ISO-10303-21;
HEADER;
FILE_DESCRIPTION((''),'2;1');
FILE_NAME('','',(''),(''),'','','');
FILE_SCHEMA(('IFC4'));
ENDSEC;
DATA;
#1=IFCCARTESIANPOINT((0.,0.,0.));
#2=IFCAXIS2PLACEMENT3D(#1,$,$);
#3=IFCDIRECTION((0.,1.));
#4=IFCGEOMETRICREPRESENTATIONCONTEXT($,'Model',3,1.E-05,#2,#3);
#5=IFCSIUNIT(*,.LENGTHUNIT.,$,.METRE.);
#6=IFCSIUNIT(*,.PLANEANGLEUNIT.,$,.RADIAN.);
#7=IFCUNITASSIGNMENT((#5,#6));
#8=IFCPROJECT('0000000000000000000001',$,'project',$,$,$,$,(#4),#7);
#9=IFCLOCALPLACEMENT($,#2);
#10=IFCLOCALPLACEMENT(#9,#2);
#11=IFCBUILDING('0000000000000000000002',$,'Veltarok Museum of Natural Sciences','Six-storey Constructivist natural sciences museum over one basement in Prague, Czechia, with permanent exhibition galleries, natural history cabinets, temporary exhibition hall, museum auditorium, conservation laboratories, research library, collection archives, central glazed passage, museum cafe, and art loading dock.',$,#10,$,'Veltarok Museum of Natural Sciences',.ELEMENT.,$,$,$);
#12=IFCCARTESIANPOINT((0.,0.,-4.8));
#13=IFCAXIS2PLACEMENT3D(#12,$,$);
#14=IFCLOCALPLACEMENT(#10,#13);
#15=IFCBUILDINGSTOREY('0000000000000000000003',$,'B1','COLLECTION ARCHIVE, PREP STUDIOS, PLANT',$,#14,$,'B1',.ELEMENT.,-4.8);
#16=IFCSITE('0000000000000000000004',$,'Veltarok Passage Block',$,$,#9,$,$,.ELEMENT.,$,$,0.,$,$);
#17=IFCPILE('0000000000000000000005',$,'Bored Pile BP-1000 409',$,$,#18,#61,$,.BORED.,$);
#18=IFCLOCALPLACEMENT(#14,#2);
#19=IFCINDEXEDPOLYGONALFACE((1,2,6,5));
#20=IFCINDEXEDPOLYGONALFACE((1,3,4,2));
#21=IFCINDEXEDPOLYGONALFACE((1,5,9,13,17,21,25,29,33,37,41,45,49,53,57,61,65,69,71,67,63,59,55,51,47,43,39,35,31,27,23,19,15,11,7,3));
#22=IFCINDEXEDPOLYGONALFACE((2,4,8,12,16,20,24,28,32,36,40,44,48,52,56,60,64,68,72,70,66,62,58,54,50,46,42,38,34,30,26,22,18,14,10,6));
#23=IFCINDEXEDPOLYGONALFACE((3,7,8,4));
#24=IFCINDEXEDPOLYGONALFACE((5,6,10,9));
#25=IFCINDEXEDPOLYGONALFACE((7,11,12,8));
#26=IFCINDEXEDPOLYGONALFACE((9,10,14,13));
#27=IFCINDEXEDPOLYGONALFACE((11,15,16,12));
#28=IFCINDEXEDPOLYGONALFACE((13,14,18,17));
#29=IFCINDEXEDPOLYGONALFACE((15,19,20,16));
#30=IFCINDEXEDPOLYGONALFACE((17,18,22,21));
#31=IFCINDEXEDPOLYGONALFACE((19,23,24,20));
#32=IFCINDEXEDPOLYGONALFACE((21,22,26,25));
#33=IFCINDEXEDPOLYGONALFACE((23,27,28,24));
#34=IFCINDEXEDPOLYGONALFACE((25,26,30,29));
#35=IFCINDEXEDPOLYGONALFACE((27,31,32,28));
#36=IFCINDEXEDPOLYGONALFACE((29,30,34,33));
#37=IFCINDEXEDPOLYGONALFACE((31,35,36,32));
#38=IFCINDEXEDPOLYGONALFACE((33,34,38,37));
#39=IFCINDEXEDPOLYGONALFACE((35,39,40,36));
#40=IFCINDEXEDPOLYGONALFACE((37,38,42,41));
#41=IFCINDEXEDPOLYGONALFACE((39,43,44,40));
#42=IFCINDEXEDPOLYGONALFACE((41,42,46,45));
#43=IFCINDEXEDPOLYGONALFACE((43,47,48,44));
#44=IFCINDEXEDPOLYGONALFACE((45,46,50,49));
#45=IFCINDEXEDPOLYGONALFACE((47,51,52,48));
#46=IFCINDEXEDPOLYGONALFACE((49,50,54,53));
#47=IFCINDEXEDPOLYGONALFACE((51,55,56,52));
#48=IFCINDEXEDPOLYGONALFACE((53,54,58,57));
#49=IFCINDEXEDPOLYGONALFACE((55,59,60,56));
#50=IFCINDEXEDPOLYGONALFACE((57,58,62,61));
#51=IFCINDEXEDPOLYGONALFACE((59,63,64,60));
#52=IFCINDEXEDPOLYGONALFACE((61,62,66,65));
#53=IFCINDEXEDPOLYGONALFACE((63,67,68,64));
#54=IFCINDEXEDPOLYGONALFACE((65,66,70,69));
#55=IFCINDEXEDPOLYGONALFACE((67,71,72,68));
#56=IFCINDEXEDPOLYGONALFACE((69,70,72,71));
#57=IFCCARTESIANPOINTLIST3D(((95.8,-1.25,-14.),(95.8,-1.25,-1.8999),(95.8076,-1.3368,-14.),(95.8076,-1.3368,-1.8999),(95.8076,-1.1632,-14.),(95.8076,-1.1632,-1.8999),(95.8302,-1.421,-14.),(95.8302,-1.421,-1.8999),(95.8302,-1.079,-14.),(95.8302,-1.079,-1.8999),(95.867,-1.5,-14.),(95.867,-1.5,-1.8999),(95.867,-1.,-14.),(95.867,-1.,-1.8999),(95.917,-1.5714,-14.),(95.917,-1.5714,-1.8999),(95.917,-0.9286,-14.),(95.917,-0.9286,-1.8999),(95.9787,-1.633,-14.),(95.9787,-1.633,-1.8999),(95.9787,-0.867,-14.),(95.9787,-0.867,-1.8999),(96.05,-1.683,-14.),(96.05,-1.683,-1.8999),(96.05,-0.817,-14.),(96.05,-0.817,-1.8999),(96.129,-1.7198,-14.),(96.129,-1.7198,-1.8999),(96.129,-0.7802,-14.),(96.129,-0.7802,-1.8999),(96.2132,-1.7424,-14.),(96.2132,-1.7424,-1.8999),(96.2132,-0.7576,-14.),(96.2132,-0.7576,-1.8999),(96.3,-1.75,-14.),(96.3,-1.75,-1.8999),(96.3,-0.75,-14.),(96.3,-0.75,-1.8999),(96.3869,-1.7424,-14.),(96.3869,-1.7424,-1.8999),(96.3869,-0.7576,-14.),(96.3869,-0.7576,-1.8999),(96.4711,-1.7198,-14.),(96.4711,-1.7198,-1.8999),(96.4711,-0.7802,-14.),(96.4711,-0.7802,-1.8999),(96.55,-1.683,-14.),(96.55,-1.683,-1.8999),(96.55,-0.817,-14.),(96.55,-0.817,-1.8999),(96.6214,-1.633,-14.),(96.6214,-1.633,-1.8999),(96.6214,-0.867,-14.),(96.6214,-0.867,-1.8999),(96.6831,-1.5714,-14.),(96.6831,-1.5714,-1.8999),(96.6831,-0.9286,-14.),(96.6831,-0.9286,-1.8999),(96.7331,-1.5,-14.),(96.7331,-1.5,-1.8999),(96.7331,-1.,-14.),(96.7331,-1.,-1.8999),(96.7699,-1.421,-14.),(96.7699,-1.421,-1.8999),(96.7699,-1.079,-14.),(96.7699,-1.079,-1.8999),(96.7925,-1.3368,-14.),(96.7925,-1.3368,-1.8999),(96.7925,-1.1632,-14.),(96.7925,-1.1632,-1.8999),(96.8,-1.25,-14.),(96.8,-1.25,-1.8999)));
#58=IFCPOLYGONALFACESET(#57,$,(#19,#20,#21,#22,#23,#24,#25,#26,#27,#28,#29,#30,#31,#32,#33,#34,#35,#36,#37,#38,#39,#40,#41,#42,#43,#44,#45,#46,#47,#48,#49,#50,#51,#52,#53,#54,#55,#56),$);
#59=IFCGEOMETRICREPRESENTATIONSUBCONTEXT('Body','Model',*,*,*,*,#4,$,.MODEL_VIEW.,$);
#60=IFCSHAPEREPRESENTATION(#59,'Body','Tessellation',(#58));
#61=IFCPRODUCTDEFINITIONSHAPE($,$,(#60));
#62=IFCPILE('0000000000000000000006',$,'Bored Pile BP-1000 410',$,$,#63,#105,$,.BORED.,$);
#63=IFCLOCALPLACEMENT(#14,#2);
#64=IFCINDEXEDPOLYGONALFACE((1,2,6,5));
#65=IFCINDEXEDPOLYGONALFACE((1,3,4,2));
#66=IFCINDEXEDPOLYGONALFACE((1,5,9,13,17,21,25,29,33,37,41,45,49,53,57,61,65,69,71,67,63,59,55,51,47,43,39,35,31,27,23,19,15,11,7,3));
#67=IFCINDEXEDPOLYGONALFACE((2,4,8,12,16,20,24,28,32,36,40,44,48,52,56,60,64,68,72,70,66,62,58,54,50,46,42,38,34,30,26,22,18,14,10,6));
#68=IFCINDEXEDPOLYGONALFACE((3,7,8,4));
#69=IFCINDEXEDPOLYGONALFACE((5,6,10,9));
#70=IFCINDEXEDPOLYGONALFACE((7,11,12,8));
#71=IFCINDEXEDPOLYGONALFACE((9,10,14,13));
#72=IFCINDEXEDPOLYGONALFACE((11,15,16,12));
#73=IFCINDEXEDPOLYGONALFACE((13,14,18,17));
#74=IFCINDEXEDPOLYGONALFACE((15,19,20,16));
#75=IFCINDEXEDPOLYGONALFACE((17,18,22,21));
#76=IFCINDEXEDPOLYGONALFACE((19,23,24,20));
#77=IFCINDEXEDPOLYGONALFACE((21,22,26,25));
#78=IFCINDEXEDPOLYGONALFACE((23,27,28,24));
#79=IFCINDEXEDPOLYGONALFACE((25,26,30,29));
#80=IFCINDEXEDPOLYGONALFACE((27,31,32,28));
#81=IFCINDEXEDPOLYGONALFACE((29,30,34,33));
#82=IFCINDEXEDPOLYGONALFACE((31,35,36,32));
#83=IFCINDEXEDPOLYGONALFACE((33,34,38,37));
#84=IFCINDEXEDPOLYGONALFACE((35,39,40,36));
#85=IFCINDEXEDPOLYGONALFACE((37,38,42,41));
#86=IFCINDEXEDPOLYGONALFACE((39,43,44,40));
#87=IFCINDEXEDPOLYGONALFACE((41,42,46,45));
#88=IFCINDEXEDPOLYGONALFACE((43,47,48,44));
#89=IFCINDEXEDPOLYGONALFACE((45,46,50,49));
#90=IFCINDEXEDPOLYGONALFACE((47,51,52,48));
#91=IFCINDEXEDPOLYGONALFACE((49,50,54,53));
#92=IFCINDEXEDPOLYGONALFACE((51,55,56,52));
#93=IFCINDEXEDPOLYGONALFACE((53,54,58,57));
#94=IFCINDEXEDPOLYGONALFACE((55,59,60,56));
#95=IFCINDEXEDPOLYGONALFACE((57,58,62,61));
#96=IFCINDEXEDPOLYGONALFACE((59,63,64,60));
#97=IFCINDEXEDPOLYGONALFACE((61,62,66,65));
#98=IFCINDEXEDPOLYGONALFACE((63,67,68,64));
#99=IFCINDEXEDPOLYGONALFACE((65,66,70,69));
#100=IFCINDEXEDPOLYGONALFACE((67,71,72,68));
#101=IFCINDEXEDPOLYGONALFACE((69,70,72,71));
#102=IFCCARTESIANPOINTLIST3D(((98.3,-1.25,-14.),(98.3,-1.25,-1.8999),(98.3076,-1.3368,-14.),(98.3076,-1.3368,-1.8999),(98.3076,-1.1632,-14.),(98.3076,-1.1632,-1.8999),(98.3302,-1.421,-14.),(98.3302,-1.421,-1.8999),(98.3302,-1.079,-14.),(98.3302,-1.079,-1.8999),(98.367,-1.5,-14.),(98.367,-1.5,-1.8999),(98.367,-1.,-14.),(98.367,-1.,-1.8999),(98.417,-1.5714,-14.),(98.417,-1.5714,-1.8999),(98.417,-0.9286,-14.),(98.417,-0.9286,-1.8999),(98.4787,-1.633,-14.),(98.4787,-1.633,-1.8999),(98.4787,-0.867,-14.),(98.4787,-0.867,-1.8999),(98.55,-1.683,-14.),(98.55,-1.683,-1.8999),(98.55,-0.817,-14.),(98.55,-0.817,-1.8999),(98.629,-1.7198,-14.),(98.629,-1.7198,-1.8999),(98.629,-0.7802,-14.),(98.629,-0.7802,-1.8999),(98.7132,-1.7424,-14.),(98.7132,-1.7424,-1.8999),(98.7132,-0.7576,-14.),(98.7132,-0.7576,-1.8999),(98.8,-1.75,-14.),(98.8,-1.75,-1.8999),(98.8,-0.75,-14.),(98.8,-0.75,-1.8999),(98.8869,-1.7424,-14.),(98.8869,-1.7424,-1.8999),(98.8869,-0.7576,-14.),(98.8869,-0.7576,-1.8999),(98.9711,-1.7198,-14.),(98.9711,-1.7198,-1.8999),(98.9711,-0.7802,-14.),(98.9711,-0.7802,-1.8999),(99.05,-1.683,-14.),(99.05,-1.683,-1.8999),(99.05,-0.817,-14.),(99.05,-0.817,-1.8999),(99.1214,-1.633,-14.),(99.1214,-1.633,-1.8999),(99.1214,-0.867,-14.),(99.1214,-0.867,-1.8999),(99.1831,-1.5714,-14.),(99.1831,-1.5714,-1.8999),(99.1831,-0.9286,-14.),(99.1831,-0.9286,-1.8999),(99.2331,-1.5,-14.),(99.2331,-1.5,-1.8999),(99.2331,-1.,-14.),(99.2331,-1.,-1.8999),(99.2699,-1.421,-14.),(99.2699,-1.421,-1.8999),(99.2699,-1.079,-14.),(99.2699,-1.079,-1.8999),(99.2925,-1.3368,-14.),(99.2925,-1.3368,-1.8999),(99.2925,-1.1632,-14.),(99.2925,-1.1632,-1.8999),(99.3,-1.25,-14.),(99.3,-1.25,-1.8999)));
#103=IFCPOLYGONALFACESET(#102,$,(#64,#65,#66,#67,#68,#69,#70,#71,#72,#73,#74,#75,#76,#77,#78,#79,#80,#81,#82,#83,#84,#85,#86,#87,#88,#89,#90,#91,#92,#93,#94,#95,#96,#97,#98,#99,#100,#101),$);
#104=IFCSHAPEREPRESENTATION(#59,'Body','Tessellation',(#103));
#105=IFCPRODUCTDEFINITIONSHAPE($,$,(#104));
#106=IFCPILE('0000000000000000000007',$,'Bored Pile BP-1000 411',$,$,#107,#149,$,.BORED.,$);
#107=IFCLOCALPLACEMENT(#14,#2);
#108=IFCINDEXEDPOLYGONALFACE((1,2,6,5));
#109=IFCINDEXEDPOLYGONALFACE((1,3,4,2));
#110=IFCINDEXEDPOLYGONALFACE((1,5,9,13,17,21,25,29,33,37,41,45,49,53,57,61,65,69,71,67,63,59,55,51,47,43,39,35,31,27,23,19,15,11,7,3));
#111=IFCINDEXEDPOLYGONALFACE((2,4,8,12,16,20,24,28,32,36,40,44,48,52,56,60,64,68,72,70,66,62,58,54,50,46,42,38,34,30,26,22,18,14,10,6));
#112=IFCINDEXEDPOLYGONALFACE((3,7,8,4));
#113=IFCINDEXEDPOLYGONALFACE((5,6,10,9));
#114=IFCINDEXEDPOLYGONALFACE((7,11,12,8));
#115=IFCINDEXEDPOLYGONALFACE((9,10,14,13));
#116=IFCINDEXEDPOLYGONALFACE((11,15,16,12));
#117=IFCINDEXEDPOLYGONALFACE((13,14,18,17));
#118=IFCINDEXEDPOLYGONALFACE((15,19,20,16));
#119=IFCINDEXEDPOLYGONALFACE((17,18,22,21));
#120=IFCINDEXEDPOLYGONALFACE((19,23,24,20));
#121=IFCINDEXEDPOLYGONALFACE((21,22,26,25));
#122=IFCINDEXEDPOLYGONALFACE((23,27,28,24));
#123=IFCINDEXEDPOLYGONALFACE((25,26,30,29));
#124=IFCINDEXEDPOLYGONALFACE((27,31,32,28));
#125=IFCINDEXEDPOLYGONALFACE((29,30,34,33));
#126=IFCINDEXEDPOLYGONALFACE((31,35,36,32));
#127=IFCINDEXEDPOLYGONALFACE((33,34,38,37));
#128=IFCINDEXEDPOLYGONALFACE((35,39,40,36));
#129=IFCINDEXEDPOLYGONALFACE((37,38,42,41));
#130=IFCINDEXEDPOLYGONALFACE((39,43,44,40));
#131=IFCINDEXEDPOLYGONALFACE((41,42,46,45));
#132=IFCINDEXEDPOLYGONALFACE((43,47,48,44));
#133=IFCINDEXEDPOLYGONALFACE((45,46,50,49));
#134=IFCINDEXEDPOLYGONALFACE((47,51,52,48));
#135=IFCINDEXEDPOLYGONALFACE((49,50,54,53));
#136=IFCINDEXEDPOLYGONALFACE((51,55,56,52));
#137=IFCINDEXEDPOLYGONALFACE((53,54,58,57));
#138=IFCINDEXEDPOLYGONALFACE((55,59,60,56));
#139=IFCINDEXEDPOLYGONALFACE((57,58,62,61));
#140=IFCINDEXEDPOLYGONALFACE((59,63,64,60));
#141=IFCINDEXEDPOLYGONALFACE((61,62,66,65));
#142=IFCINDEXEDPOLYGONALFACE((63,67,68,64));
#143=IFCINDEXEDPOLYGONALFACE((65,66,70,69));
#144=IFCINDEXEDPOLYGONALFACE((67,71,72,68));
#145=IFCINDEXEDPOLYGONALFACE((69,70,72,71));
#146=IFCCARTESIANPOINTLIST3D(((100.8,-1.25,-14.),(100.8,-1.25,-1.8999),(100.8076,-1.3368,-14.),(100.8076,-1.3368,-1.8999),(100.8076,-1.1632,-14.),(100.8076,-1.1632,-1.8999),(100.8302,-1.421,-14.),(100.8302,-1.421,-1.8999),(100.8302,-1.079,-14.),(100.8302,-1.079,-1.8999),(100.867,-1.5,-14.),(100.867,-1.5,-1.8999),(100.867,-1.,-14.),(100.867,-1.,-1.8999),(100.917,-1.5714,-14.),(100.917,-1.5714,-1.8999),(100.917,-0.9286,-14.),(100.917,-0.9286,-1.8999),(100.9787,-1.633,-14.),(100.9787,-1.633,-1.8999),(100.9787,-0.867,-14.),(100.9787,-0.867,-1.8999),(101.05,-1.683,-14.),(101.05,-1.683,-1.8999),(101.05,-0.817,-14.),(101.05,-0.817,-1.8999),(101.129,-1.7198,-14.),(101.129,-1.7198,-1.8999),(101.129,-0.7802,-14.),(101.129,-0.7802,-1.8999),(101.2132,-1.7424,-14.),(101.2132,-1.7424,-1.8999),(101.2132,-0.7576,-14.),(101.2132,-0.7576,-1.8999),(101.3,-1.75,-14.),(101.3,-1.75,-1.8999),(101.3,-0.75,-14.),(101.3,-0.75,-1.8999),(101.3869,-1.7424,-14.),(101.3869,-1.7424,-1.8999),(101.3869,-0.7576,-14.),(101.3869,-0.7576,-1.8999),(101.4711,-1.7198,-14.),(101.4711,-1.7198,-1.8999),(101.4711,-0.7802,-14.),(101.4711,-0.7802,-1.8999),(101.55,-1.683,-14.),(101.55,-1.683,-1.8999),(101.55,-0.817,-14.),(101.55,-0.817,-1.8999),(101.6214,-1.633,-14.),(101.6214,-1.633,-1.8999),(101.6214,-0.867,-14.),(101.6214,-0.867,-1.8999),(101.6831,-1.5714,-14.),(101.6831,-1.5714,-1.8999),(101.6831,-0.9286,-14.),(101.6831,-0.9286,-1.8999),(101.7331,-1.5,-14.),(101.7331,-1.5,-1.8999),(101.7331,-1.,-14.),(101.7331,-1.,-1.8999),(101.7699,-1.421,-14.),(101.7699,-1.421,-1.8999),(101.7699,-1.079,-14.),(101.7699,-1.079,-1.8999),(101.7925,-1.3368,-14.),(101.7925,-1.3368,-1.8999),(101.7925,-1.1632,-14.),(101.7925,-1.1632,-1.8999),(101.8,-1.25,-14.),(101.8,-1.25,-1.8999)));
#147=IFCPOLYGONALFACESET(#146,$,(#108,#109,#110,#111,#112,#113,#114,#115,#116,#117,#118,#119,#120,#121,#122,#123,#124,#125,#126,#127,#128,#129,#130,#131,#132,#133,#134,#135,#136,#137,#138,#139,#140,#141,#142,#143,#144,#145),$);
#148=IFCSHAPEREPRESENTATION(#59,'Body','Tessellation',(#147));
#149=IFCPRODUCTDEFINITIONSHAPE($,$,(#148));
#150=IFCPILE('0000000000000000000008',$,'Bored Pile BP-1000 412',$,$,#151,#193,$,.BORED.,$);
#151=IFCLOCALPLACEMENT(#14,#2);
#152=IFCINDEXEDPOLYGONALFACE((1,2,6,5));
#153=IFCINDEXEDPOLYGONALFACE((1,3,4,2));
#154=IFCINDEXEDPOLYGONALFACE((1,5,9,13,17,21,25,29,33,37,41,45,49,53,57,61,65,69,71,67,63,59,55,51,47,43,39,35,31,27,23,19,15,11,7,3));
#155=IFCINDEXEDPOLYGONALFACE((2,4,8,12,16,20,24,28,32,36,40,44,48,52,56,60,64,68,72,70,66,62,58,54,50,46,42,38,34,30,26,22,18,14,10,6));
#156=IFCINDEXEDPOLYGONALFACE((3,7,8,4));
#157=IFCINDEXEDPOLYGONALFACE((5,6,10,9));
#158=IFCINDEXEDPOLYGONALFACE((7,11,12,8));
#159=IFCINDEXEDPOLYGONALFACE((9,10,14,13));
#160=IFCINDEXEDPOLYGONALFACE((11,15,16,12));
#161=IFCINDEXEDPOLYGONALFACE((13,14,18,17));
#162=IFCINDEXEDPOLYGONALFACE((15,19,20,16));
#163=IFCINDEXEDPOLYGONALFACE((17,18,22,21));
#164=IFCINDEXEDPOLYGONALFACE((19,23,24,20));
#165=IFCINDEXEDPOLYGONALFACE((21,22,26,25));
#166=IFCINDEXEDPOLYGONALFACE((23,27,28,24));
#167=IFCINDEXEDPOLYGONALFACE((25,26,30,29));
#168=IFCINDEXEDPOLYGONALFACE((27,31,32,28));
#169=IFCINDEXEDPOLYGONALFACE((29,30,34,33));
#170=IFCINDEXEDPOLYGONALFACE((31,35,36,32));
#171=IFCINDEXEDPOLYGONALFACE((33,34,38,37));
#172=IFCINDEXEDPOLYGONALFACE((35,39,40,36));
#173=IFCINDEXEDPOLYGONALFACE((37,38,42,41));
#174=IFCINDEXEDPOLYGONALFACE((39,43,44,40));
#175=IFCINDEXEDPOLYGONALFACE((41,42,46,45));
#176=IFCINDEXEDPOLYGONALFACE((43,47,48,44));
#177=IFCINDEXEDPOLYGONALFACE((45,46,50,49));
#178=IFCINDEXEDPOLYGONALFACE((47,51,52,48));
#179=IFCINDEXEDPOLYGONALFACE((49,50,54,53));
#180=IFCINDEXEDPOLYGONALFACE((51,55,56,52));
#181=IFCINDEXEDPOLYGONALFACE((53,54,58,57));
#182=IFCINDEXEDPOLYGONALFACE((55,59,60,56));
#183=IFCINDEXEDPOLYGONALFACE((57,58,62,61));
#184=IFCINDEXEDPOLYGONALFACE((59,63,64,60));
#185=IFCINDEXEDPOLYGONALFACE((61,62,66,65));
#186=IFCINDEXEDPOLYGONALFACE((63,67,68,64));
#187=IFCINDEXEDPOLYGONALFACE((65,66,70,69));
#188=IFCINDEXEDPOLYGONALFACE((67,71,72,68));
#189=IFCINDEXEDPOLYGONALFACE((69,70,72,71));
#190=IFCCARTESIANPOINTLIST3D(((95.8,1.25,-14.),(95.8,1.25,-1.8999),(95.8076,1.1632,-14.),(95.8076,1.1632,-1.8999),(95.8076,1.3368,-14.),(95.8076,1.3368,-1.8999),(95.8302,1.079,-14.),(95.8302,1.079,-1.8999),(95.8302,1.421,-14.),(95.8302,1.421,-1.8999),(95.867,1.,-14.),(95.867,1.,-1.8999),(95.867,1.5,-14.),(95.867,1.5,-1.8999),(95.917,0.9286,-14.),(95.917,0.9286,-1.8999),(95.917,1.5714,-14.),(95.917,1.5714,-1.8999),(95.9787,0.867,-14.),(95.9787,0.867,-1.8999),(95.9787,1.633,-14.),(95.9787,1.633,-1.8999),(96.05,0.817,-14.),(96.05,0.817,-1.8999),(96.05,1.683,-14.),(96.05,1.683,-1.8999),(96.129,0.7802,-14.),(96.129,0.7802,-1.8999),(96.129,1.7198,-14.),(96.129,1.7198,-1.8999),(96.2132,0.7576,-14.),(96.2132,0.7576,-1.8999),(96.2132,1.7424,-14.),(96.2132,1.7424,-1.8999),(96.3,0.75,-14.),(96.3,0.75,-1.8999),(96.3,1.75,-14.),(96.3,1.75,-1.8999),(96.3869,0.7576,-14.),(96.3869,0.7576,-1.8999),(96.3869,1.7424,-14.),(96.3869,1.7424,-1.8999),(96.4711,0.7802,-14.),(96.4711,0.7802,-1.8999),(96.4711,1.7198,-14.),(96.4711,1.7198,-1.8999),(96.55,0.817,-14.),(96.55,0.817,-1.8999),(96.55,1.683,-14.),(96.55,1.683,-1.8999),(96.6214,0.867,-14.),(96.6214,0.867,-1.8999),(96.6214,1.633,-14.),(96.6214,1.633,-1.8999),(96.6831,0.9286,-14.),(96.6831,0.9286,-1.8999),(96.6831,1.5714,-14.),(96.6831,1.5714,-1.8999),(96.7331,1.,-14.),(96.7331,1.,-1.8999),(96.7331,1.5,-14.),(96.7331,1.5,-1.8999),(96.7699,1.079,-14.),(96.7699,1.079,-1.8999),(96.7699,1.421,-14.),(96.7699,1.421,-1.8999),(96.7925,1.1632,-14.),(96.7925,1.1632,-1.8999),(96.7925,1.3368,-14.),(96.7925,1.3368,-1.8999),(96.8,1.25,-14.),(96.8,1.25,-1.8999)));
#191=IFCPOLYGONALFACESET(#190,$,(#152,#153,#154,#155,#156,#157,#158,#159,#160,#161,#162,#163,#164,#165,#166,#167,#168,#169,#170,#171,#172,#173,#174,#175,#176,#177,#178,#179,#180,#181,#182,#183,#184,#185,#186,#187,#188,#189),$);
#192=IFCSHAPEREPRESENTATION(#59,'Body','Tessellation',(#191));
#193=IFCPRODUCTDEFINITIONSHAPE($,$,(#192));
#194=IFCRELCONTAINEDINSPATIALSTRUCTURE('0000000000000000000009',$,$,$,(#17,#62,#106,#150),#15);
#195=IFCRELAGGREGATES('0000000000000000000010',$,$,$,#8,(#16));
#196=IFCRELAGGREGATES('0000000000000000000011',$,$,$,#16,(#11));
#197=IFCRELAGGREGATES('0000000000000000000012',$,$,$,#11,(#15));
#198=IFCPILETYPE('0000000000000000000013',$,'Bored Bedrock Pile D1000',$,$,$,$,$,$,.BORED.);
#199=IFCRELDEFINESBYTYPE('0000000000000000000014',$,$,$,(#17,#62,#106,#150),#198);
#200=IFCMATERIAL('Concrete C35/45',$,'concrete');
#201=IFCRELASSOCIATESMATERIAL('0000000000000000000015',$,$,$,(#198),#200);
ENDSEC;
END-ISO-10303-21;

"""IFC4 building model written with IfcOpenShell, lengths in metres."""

from ifc_helpers import new_model, si_unit, direction, frame, origin, origin_2d, place, context, subcontext, project, spatial, circle, extrude, material, material_profile, profile_set, type_object, element, save


model = new_model("IFC4")

# Units and contexts
model_context = context("Model", 3, precision=1e-05, world=origin(), true_north=direction((0.0, 1.0)))
body_context = subcontext(model_context, "Body", "Model", "MODEL_VIEW")
ifc_project = project(units=[si_unit("LENGTHUNIT", "METRE"), si_unit("PLANEANGLEUNIT", "RADIAN")], contexts=[model_context])

# Site, building, storey
site_placement = place(None, origin())
site = spatial("IfcSite", under=ifc_project, at=site_placement, Name="Veltarok Passage Block", CompositionType="ELEMENT", RefElevation=0.0)
building_placement = place(site_placement, origin())
building = spatial("IfcBuilding", under=site, at=building_placement, Name="Veltarok Museum of Natural Sciences", Description="Six-storey Constructivist natural sciences museum over one basement in Prague, Czechia, with permanent exhibition galleries, natural history cabinets, temporary exhibition hall, museum auditorium, conservation laboratories, research library, collection archives, central glazed passage, museum cafe, and art loading dock.", LongName="Veltarok Museum of Natural Sciences", CompositionType="ELEMENT")
storey_placement = place(building_placement, frame((0.0, 0.0, -4.8)))
storey = spatial("IfcBuildingStorey", under=building, at=storey_placement, Name="B1", Description="COLLECTION ARCHIVE, PREP STUDIOS, PLANT", LongName="B1", CompositionType="ELEMENT", Elevation=-4.8)

# Piles
ifc_material_1 = material(Name="Concrete C35/45", Category="concrete")
ifc_material_profile_1 = material_profile(ifc_material_1, circle(Radius=0.5, at=origin_2d()), Name="BP D1000")
ifc_profile_set_1 = profile_set([ifc_material_profile_1], Name="Concrete C35/45")
pile_type = type_object("IfcPileType", Name="Bored Bedrock Pile D1000", PredefinedType="BORED", material=ifc_profile_set_1)
for number, where, z_axis, x_axis, name in (
    (1, (96.3, -1.25, -1.8999), (0.0, 0.0, -1.0), (1.0, 0.0, 0.0), "Bored Pile BP-1000 409"),
    (2, (98.8, -1.25, -1.8999), (0.0, 0.0, -1.0), (1.0, 0.0, 0.0), "Bored Pile BP-1000 410"),
    (3, (101.3, -1.25, -1.8999), (0.0, 0.0, -1.0), (1.0, 0.0, 0.0), "Bored Pile BP-1000 411"),
    (4, (96.3, 1.25, -1.8999), (0.0, 0.0, -1.0), (1.0, 0.0, 0.0), "Bored Pile BP-1000 412"),
):
    element("IfcPile", number, at=place(storey_placement, frame(where, z_axis=z_axis, x_axis=x_axis)), inside=storey, type_object=pile_type, Name=name, PredefinedType="BORED", context=body_context, shape_type="SweptSolid", body=[
        extrude(circle(Radius=0.5, at=origin_2d()), origin(), (0.0, 0.0, 1.0), 12.1001),
    ])

save(model, "model.ifc")
